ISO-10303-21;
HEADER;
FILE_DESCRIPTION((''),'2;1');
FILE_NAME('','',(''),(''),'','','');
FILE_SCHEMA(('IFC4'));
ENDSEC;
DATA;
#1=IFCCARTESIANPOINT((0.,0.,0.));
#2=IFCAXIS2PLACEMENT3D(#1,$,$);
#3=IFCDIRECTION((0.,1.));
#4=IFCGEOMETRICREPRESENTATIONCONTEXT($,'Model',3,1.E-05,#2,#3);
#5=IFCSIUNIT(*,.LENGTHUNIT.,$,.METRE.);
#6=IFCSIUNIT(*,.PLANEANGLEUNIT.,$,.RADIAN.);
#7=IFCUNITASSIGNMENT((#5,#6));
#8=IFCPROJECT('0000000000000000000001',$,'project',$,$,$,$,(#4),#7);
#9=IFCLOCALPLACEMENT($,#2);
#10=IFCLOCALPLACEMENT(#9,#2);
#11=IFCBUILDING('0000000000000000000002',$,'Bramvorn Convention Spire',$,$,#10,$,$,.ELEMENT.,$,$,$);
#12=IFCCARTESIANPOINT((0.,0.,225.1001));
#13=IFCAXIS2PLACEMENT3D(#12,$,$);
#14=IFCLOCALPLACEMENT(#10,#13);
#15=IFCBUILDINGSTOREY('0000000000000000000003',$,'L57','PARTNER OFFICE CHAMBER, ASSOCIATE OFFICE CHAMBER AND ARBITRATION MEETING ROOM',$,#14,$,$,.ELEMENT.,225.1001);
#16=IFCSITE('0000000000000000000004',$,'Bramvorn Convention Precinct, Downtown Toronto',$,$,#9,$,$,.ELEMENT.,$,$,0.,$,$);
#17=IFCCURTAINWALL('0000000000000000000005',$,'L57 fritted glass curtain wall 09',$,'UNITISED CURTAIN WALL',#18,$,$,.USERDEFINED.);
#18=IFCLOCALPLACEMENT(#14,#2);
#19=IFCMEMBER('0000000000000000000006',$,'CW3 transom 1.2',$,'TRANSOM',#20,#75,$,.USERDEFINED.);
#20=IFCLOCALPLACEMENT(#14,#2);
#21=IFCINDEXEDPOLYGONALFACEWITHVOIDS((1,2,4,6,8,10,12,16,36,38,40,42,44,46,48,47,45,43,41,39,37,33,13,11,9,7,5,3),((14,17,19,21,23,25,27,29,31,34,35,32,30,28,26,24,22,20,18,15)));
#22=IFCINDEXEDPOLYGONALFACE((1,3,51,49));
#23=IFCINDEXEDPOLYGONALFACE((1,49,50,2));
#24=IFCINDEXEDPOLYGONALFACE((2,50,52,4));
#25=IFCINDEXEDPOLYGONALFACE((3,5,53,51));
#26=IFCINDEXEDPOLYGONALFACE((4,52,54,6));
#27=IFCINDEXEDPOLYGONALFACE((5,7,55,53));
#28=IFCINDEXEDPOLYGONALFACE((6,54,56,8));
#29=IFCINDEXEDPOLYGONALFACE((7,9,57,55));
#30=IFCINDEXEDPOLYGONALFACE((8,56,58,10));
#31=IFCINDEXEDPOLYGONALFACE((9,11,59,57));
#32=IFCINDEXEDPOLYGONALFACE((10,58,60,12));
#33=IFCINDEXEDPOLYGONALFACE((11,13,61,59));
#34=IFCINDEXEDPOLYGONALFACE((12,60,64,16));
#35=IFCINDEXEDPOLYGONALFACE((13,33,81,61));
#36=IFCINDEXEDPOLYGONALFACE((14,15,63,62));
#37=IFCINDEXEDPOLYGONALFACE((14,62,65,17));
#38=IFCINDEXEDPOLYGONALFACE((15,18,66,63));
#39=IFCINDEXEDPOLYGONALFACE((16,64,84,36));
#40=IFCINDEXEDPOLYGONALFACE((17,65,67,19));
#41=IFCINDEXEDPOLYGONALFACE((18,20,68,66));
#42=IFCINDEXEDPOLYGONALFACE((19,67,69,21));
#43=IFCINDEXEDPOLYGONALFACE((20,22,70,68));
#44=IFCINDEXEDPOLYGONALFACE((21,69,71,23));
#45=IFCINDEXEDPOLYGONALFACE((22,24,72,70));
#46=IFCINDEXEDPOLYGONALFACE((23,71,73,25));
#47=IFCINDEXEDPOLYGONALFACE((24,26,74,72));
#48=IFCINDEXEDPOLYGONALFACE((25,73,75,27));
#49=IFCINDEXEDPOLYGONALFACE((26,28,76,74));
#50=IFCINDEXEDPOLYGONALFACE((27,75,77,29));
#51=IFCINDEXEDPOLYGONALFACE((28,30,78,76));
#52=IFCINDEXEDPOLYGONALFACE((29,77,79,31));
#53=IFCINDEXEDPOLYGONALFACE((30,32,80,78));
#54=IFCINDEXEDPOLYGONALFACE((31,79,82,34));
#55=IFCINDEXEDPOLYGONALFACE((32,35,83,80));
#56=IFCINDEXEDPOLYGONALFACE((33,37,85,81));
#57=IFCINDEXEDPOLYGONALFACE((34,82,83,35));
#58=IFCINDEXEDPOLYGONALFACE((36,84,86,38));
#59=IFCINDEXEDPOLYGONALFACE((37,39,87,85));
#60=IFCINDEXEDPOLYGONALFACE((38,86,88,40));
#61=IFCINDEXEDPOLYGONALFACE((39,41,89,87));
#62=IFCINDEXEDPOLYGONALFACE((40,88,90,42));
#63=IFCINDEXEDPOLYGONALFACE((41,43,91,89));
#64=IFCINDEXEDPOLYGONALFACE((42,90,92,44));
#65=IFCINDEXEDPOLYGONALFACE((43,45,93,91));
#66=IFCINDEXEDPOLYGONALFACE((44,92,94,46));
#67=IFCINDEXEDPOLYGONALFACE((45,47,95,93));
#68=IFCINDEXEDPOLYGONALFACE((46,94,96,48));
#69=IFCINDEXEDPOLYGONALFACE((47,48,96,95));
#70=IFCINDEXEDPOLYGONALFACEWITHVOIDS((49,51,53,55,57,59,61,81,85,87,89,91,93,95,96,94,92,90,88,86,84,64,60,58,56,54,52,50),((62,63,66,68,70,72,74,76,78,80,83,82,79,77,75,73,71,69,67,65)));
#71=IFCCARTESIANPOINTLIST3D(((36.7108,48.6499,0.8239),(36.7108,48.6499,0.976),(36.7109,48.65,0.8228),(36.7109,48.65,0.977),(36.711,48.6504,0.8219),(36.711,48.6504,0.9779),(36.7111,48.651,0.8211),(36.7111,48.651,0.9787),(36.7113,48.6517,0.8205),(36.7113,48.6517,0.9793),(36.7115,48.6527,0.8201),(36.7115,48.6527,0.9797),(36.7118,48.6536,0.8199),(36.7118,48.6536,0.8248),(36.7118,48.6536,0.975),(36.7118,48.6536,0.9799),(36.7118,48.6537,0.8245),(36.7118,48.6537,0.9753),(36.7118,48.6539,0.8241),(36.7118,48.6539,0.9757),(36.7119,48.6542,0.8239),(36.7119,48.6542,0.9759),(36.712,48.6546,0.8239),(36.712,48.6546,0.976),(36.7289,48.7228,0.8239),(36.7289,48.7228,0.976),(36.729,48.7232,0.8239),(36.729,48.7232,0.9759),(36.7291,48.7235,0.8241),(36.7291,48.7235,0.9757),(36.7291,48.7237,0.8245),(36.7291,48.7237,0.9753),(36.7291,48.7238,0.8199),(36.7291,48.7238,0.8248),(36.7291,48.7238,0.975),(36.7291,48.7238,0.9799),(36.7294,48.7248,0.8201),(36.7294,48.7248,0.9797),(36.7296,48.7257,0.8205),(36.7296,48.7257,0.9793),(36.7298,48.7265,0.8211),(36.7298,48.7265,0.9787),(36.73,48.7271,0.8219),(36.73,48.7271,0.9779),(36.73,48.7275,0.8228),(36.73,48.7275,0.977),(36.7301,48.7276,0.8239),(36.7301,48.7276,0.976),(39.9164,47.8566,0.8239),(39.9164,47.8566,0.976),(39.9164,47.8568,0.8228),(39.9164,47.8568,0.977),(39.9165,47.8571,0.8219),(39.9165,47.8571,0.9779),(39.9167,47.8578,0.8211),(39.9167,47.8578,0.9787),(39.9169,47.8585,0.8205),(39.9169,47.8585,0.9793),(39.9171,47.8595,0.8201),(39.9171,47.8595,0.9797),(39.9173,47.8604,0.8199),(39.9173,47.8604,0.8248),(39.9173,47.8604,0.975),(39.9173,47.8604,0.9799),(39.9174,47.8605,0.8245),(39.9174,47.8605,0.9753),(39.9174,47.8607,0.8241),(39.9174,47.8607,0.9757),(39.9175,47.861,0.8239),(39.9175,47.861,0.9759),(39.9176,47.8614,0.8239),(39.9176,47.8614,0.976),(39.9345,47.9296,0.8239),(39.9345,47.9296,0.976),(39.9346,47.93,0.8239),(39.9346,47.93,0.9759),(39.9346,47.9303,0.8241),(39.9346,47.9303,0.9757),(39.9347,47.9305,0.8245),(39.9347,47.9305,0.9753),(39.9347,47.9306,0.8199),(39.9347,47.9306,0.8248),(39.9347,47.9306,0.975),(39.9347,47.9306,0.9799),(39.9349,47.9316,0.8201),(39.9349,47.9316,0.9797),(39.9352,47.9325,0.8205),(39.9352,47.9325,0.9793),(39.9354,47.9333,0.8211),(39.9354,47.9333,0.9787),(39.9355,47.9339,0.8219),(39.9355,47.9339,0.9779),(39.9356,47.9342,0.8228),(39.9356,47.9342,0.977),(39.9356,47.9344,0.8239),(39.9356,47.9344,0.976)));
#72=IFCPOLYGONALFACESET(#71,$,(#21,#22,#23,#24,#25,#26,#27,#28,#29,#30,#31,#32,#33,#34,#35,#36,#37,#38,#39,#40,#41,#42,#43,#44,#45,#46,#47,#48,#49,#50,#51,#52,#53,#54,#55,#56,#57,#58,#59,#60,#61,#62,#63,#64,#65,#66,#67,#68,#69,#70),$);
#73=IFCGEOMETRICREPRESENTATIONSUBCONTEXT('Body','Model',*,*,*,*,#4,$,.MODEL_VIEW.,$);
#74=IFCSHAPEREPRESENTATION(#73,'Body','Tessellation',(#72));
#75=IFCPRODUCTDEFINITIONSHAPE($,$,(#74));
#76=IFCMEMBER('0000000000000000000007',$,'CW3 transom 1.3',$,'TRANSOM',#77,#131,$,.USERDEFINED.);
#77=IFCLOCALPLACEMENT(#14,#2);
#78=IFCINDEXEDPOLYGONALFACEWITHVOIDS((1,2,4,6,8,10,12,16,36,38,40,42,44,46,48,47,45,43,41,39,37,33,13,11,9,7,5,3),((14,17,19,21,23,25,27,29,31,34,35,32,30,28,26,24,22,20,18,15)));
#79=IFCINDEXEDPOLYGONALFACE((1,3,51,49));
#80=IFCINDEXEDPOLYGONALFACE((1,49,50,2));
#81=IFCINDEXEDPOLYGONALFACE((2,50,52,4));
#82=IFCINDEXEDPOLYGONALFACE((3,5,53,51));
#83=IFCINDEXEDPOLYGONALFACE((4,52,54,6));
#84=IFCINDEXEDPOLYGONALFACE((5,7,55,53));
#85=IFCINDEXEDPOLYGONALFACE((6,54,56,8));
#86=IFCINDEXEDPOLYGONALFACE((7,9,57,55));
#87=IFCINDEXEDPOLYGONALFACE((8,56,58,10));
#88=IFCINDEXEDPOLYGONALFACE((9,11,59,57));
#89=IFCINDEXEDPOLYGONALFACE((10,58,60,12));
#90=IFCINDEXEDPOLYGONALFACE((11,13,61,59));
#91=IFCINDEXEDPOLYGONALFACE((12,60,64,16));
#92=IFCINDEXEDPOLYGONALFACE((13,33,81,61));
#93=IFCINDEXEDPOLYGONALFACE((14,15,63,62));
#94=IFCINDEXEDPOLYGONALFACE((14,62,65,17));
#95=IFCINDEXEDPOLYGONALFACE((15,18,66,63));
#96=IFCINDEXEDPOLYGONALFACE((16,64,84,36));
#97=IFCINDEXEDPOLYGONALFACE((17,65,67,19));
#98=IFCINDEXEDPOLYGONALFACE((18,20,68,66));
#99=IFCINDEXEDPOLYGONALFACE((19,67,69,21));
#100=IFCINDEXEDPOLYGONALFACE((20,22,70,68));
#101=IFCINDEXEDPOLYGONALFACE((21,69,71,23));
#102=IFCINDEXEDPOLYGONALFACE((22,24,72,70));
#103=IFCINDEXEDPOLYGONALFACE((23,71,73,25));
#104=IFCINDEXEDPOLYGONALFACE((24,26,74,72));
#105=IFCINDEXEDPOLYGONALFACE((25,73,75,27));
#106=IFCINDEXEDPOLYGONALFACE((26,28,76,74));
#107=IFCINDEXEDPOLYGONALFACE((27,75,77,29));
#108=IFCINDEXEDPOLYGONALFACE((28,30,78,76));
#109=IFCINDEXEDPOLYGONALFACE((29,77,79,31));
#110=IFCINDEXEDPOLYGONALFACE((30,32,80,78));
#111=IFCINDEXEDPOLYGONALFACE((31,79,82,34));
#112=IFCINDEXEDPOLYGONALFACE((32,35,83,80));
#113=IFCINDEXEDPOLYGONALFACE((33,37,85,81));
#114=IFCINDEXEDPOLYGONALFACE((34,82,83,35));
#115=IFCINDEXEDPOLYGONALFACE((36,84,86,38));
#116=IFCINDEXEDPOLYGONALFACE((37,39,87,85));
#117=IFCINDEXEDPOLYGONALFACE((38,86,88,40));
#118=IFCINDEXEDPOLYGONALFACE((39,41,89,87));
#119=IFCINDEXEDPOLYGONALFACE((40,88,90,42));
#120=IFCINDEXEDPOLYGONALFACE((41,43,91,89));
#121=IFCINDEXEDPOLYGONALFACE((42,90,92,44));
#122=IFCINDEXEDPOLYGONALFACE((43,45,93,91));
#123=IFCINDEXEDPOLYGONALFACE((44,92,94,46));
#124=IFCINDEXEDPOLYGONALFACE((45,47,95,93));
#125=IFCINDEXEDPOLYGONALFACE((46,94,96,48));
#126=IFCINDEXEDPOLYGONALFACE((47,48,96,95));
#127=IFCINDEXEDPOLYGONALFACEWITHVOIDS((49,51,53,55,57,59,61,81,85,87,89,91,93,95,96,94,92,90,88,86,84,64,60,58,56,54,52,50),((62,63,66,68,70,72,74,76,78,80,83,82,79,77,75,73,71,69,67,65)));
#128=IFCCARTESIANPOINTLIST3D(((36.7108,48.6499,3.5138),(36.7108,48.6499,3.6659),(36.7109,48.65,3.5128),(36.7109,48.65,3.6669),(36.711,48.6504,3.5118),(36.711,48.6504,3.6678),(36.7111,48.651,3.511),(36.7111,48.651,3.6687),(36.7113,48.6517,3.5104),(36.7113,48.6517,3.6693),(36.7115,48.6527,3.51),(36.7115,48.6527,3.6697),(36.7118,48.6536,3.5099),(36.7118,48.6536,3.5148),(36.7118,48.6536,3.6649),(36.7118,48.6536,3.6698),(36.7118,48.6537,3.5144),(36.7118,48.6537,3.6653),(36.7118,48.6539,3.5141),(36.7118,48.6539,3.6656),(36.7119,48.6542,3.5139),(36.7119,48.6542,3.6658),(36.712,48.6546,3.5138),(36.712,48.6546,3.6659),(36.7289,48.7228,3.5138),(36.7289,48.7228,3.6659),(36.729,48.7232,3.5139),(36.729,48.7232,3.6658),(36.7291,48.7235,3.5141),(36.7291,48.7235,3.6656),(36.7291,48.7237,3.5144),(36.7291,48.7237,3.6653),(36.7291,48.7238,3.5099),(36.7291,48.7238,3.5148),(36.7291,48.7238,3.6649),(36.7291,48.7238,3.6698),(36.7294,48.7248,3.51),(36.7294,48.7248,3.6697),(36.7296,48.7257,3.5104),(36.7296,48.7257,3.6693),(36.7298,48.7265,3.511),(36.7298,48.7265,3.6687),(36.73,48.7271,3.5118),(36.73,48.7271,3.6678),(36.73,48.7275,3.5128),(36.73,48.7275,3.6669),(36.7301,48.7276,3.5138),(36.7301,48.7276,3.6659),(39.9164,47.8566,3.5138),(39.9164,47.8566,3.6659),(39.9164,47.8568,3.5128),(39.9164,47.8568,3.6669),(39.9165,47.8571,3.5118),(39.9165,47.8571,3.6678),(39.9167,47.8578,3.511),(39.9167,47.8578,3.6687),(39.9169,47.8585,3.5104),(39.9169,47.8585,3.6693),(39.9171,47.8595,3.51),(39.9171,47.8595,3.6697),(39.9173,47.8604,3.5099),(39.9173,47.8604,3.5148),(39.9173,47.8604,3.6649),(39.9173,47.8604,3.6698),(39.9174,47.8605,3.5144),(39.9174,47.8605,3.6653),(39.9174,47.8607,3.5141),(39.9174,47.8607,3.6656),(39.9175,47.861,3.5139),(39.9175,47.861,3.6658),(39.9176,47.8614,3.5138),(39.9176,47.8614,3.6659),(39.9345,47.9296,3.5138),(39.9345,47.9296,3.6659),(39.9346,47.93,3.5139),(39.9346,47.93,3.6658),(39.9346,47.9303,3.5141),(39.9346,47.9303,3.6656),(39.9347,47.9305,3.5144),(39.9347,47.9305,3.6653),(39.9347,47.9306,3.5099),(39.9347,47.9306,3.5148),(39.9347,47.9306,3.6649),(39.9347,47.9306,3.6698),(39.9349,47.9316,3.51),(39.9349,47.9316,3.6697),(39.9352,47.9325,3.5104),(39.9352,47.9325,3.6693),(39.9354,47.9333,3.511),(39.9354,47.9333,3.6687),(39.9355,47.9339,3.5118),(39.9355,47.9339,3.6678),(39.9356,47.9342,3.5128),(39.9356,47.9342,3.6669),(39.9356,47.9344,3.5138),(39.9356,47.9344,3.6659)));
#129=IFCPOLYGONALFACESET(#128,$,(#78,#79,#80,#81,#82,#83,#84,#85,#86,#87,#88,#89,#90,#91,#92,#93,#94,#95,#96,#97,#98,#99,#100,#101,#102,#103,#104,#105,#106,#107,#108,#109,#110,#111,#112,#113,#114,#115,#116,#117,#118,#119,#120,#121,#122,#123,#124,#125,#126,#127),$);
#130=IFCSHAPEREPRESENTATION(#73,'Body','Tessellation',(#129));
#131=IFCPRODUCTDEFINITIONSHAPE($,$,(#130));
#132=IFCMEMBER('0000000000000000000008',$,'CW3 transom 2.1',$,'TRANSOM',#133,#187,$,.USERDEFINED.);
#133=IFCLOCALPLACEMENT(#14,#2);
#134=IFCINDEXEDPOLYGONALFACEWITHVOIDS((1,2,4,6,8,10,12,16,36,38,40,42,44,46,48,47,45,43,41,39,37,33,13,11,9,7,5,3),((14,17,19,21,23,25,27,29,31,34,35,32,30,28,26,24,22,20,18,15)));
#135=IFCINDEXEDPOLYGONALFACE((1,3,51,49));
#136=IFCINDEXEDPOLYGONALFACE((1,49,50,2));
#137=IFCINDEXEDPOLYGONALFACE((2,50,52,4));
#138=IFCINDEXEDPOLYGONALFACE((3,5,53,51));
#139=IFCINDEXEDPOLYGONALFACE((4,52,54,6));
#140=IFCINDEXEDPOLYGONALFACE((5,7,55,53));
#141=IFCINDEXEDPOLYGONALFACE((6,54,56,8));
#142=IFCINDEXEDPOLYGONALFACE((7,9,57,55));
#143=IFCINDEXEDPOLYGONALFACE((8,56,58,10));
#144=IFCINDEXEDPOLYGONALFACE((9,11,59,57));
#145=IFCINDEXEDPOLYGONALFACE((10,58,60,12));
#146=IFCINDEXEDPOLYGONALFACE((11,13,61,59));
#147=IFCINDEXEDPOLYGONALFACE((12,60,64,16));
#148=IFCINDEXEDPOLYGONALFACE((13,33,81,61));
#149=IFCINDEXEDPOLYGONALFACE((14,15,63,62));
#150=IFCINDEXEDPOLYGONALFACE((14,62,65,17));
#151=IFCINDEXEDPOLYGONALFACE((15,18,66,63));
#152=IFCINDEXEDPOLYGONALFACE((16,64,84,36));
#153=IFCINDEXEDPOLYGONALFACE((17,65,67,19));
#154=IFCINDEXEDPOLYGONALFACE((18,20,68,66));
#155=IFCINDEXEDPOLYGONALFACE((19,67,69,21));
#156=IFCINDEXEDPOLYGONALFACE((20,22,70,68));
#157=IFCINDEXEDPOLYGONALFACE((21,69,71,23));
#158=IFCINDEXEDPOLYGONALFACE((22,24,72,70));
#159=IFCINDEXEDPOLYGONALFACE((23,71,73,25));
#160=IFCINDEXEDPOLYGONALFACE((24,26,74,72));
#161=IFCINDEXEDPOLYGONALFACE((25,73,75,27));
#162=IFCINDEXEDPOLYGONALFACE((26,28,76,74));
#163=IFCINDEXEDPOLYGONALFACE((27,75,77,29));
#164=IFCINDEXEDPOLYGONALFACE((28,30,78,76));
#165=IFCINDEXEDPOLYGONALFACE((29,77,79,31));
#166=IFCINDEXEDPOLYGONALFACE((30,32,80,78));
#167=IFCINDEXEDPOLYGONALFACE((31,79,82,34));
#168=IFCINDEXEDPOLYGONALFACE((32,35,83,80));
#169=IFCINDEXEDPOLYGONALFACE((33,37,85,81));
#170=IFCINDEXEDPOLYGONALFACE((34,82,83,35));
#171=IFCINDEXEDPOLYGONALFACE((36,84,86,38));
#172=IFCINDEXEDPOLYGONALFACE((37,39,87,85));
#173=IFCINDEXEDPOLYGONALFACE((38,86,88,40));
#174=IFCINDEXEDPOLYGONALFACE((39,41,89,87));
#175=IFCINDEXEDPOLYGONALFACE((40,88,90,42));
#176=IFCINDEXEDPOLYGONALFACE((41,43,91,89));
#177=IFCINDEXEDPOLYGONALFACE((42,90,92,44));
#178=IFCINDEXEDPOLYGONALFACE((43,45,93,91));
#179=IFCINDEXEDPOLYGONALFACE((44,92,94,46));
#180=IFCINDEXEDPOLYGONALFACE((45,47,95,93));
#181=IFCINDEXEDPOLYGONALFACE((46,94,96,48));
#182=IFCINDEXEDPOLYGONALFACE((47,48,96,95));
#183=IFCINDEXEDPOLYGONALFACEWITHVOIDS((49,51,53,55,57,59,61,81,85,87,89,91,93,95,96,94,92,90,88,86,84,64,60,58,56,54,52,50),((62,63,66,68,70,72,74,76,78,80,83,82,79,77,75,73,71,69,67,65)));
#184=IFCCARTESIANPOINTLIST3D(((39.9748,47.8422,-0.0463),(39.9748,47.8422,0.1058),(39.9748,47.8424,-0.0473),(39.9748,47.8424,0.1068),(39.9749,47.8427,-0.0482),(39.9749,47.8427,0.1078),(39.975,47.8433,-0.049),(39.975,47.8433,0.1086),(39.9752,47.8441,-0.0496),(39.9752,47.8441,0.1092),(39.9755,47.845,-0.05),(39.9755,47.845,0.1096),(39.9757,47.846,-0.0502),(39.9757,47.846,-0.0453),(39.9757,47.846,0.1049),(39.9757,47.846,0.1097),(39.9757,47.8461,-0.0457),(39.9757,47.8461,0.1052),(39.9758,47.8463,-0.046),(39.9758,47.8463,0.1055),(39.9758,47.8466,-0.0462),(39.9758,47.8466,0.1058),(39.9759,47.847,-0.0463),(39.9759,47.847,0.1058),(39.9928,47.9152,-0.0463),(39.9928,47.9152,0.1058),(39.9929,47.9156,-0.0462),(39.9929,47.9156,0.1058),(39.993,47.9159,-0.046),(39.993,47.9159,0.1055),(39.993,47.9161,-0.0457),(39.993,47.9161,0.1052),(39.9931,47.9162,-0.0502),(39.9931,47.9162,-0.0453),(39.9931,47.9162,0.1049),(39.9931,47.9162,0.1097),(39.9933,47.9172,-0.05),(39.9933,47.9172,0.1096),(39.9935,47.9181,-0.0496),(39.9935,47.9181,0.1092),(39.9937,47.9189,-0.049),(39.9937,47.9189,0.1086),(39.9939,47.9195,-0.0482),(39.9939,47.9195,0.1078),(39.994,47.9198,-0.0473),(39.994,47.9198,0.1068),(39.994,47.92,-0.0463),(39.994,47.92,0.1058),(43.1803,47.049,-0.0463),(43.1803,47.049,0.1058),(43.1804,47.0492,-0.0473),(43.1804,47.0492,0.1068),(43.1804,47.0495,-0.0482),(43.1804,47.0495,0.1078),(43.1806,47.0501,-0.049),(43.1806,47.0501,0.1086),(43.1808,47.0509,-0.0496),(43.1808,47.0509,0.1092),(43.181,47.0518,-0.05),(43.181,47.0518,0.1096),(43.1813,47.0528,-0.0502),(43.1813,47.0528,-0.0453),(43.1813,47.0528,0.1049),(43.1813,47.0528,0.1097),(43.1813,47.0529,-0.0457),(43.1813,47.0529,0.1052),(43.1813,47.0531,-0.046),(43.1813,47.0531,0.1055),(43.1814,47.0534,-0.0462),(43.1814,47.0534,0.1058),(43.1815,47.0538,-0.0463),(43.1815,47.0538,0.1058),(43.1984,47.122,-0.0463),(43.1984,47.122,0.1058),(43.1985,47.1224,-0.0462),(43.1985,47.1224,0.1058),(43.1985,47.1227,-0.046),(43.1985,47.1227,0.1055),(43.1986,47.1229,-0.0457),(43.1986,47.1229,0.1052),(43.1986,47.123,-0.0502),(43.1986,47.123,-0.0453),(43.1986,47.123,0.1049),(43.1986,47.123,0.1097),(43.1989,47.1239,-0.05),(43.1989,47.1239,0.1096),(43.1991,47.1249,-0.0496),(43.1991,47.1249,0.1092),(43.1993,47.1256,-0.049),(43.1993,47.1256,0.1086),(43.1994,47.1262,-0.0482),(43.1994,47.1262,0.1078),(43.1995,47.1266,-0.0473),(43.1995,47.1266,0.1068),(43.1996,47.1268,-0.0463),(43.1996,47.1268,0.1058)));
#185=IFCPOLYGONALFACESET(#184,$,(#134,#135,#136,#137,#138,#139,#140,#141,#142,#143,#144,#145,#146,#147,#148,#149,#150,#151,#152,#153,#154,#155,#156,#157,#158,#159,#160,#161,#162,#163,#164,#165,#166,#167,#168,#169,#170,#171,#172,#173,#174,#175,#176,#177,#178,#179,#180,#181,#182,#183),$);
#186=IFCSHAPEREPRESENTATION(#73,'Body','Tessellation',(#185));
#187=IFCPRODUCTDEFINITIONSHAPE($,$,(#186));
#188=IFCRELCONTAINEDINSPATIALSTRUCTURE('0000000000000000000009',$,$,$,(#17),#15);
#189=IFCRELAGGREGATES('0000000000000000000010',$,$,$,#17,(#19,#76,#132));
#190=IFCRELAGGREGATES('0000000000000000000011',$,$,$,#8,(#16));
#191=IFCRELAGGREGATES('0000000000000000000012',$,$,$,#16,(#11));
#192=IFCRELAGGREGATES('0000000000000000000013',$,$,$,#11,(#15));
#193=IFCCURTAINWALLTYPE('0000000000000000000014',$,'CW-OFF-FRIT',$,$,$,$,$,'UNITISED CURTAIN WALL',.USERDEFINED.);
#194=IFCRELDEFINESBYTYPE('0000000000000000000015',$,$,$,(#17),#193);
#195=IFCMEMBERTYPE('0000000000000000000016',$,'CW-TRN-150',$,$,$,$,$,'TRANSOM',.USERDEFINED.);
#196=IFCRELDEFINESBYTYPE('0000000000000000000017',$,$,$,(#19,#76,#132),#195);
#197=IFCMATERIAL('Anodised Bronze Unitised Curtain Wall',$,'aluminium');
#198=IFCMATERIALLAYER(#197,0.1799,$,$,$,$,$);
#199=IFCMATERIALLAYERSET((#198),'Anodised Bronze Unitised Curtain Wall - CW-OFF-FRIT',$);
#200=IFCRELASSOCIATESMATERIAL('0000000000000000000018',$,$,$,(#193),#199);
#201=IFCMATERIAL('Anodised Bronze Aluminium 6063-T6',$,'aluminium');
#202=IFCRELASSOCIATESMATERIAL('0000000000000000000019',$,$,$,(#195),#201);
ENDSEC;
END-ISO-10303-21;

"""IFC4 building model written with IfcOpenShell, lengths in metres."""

from ifc_helpers import new_model, si_unit, direction, frame, origin, origin_2d, place, context, subcontext, project, spatial, hollow_rectangle, extrude, material, layer, layer_set, material_profile, profile_set, type_object, element, aggregate, save


model = new_model("IFC4")

# Units and contexts
model_context = context("Model", 3, precision=1e-05, world=origin(), true_north=direction((0.0, 1.0)))
body_context = subcontext(model_context, "Body", "Model", "MODEL_VIEW")
ifc_project = project(units=[si_unit("LENGTHUNIT", "METRE"), si_unit("PLANEANGLEUNIT", "RADIAN")], contexts=[model_context])

# Site, building, storey
site_placement = place(None, origin())
site = spatial("IfcSite", under=ifc_project, at=site_placement, Name="Bramvorn Convention Precinct, Downtown Toronto", CompositionType="ELEMENT", RefElevation=0.0)
building_placement = place(site_placement, origin())
building = spatial("IfcBuilding", under=site, at=building_placement, Name="Bramvorn Convention Spire", CompositionType="ELEMENT")
storey_placement = place(building_placement, frame((0.0, 0.0, 225.1001)))
storey = spatial("IfcBuildingStorey", under=building, at=storey_placement, Name="L57", Description="PARTNER OFFICE CHAMBER, ASSOCIATE OFFICE CHAMBER AND ARBITRATION MEETING ROOM", CompositionType="ELEMENT", Elevation=225.1001)

# Curtain wall
ifc_material_1 = material(Name="Anodised Bronze Unitised Curtain Wall", Category="aluminium")
ifc_layer_1 = layer(ifc_material_1, 0.1799)
ifc_layer_set_1 = layer_set([ifc_layer_1], Name="Anodised Bronze Unitised Curtain Wall - CW-OFF-FRIT")
curtain_wall_type = type_object("IfcCurtainWallType", Name="CW-OFF-FRIT", ElementType="UNITISED CURTAIN WALL", PredefinedType="USERDEFINED", material=ifc_layer_set_1)
ifc_material_2 = material(Name="Anodised Bronze Aluminium 6063-T6", Category="aluminium")
curtain_wall_1_placement = place(storey_placement, origin())
curtain_wall_1 = element("IfcCurtainWall", 1, at=curtain_wall_1_placement, inside=storey, type_object=curtain_wall_type, Name="L57 fritted glass curtain wall 09", ObjectType="UNITISED CURTAIN WALL", PredefinedType="USERDEFINED")

# Members
ifc_material_profile_1 = material_profile(ifc_material_2, hollow_rectangle(XDim=0.0801, YDim=0.1599, WallThickness=0.0039, InnerFilletRadius=0.001, OuterFilletRadius=0.0039, at=origin_2d()))
ifc_profile_set_1 = profile_set([ifc_material_profile_1], Name="Anodised Bronze Aluminium 6063-T6 - CWT80X160")
member_type_1 = type_object("IfcMemberType", Name="CW-TRN-150", ElementType="TRANSOM", PredefinedType="USERDEFINED", material=ifc_profile_set_1)
member_1_placement = place(storey_placement, frame((36.7205, 48.6887, 0.8999), z_axis=(0.970722, -0.240204, 0.0), x_axis=(0.240204, 0.970722, 0.0)))
member_1 = element("IfcMember", 2, at=member_1_placement, type_object=member_type_1, Name="CW3 transom 1.2", ObjectType="TRANSOM", PredefinedType="USERDEFINED", context=body_context, shape_type="SweptSolid", body=[
    extrude(hollow_rectangle(XDim=0.0801, YDim=0.1599, WallThickness=0.0039, InnerFilletRadius=0.001, OuterFilletRadius=0.0039, at=origin_2d()), origin(), (0.0, 0.0, 1.0), 3.3022),
])
member_2_placement = place(storey_placement, frame((36.7205, 48.6887, 3.5898), z_axis=(0.970722, -0.240204, 0.0), x_axis=(0.240204, 0.970722, 0.0)))
member_2 = element("IfcMember", 3, at=member_2_placement, type_object=member_type_1, Name="CW3 transom 1.3", ObjectType="TRANSOM", PredefinedType="USERDEFINED", context=body_context, shape_type="SweptSolid", body=[
    extrude(hollow_rectangle(XDim=0.0801, YDim=0.1599, WallThickness=0.0039, InnerFilletRadius=0.001, OuterFilletRadius=0.0039, at=origin_2d()), origin(), (0.0, 0.0, 1.0), 3.3022),
])
member_3_placement = place(storey_placement, frame((39.9844, 47.8811, 0.0298), z_axis=(0.970722, -0.240204, 0.0), x_axis=(0.240204, 0.970722, 0.0)))
member_3 = element("IfcMember", 4, at=member_3_placement, type_object=member_type_1, Name="CW3 transom 2.1", ObjectType="TRANSOM", PredefinedType="USERDEFINED", context=body_context, shape_type="SweptSolid", body=[
    extrude(hollow_rectangle(XDim=0.0801, YDim=0.1599, WallThickness=0.0039, InnerFilletRadius=0.001, OuterFilletRadius=0.0039, at=origin_2d()), origin(), (0.0, 0.0, 1.0), 3.3022),
])

aggregate(curtain_wall_1, [member_1, member_2, member_3])

save(model, "model.ifc")
